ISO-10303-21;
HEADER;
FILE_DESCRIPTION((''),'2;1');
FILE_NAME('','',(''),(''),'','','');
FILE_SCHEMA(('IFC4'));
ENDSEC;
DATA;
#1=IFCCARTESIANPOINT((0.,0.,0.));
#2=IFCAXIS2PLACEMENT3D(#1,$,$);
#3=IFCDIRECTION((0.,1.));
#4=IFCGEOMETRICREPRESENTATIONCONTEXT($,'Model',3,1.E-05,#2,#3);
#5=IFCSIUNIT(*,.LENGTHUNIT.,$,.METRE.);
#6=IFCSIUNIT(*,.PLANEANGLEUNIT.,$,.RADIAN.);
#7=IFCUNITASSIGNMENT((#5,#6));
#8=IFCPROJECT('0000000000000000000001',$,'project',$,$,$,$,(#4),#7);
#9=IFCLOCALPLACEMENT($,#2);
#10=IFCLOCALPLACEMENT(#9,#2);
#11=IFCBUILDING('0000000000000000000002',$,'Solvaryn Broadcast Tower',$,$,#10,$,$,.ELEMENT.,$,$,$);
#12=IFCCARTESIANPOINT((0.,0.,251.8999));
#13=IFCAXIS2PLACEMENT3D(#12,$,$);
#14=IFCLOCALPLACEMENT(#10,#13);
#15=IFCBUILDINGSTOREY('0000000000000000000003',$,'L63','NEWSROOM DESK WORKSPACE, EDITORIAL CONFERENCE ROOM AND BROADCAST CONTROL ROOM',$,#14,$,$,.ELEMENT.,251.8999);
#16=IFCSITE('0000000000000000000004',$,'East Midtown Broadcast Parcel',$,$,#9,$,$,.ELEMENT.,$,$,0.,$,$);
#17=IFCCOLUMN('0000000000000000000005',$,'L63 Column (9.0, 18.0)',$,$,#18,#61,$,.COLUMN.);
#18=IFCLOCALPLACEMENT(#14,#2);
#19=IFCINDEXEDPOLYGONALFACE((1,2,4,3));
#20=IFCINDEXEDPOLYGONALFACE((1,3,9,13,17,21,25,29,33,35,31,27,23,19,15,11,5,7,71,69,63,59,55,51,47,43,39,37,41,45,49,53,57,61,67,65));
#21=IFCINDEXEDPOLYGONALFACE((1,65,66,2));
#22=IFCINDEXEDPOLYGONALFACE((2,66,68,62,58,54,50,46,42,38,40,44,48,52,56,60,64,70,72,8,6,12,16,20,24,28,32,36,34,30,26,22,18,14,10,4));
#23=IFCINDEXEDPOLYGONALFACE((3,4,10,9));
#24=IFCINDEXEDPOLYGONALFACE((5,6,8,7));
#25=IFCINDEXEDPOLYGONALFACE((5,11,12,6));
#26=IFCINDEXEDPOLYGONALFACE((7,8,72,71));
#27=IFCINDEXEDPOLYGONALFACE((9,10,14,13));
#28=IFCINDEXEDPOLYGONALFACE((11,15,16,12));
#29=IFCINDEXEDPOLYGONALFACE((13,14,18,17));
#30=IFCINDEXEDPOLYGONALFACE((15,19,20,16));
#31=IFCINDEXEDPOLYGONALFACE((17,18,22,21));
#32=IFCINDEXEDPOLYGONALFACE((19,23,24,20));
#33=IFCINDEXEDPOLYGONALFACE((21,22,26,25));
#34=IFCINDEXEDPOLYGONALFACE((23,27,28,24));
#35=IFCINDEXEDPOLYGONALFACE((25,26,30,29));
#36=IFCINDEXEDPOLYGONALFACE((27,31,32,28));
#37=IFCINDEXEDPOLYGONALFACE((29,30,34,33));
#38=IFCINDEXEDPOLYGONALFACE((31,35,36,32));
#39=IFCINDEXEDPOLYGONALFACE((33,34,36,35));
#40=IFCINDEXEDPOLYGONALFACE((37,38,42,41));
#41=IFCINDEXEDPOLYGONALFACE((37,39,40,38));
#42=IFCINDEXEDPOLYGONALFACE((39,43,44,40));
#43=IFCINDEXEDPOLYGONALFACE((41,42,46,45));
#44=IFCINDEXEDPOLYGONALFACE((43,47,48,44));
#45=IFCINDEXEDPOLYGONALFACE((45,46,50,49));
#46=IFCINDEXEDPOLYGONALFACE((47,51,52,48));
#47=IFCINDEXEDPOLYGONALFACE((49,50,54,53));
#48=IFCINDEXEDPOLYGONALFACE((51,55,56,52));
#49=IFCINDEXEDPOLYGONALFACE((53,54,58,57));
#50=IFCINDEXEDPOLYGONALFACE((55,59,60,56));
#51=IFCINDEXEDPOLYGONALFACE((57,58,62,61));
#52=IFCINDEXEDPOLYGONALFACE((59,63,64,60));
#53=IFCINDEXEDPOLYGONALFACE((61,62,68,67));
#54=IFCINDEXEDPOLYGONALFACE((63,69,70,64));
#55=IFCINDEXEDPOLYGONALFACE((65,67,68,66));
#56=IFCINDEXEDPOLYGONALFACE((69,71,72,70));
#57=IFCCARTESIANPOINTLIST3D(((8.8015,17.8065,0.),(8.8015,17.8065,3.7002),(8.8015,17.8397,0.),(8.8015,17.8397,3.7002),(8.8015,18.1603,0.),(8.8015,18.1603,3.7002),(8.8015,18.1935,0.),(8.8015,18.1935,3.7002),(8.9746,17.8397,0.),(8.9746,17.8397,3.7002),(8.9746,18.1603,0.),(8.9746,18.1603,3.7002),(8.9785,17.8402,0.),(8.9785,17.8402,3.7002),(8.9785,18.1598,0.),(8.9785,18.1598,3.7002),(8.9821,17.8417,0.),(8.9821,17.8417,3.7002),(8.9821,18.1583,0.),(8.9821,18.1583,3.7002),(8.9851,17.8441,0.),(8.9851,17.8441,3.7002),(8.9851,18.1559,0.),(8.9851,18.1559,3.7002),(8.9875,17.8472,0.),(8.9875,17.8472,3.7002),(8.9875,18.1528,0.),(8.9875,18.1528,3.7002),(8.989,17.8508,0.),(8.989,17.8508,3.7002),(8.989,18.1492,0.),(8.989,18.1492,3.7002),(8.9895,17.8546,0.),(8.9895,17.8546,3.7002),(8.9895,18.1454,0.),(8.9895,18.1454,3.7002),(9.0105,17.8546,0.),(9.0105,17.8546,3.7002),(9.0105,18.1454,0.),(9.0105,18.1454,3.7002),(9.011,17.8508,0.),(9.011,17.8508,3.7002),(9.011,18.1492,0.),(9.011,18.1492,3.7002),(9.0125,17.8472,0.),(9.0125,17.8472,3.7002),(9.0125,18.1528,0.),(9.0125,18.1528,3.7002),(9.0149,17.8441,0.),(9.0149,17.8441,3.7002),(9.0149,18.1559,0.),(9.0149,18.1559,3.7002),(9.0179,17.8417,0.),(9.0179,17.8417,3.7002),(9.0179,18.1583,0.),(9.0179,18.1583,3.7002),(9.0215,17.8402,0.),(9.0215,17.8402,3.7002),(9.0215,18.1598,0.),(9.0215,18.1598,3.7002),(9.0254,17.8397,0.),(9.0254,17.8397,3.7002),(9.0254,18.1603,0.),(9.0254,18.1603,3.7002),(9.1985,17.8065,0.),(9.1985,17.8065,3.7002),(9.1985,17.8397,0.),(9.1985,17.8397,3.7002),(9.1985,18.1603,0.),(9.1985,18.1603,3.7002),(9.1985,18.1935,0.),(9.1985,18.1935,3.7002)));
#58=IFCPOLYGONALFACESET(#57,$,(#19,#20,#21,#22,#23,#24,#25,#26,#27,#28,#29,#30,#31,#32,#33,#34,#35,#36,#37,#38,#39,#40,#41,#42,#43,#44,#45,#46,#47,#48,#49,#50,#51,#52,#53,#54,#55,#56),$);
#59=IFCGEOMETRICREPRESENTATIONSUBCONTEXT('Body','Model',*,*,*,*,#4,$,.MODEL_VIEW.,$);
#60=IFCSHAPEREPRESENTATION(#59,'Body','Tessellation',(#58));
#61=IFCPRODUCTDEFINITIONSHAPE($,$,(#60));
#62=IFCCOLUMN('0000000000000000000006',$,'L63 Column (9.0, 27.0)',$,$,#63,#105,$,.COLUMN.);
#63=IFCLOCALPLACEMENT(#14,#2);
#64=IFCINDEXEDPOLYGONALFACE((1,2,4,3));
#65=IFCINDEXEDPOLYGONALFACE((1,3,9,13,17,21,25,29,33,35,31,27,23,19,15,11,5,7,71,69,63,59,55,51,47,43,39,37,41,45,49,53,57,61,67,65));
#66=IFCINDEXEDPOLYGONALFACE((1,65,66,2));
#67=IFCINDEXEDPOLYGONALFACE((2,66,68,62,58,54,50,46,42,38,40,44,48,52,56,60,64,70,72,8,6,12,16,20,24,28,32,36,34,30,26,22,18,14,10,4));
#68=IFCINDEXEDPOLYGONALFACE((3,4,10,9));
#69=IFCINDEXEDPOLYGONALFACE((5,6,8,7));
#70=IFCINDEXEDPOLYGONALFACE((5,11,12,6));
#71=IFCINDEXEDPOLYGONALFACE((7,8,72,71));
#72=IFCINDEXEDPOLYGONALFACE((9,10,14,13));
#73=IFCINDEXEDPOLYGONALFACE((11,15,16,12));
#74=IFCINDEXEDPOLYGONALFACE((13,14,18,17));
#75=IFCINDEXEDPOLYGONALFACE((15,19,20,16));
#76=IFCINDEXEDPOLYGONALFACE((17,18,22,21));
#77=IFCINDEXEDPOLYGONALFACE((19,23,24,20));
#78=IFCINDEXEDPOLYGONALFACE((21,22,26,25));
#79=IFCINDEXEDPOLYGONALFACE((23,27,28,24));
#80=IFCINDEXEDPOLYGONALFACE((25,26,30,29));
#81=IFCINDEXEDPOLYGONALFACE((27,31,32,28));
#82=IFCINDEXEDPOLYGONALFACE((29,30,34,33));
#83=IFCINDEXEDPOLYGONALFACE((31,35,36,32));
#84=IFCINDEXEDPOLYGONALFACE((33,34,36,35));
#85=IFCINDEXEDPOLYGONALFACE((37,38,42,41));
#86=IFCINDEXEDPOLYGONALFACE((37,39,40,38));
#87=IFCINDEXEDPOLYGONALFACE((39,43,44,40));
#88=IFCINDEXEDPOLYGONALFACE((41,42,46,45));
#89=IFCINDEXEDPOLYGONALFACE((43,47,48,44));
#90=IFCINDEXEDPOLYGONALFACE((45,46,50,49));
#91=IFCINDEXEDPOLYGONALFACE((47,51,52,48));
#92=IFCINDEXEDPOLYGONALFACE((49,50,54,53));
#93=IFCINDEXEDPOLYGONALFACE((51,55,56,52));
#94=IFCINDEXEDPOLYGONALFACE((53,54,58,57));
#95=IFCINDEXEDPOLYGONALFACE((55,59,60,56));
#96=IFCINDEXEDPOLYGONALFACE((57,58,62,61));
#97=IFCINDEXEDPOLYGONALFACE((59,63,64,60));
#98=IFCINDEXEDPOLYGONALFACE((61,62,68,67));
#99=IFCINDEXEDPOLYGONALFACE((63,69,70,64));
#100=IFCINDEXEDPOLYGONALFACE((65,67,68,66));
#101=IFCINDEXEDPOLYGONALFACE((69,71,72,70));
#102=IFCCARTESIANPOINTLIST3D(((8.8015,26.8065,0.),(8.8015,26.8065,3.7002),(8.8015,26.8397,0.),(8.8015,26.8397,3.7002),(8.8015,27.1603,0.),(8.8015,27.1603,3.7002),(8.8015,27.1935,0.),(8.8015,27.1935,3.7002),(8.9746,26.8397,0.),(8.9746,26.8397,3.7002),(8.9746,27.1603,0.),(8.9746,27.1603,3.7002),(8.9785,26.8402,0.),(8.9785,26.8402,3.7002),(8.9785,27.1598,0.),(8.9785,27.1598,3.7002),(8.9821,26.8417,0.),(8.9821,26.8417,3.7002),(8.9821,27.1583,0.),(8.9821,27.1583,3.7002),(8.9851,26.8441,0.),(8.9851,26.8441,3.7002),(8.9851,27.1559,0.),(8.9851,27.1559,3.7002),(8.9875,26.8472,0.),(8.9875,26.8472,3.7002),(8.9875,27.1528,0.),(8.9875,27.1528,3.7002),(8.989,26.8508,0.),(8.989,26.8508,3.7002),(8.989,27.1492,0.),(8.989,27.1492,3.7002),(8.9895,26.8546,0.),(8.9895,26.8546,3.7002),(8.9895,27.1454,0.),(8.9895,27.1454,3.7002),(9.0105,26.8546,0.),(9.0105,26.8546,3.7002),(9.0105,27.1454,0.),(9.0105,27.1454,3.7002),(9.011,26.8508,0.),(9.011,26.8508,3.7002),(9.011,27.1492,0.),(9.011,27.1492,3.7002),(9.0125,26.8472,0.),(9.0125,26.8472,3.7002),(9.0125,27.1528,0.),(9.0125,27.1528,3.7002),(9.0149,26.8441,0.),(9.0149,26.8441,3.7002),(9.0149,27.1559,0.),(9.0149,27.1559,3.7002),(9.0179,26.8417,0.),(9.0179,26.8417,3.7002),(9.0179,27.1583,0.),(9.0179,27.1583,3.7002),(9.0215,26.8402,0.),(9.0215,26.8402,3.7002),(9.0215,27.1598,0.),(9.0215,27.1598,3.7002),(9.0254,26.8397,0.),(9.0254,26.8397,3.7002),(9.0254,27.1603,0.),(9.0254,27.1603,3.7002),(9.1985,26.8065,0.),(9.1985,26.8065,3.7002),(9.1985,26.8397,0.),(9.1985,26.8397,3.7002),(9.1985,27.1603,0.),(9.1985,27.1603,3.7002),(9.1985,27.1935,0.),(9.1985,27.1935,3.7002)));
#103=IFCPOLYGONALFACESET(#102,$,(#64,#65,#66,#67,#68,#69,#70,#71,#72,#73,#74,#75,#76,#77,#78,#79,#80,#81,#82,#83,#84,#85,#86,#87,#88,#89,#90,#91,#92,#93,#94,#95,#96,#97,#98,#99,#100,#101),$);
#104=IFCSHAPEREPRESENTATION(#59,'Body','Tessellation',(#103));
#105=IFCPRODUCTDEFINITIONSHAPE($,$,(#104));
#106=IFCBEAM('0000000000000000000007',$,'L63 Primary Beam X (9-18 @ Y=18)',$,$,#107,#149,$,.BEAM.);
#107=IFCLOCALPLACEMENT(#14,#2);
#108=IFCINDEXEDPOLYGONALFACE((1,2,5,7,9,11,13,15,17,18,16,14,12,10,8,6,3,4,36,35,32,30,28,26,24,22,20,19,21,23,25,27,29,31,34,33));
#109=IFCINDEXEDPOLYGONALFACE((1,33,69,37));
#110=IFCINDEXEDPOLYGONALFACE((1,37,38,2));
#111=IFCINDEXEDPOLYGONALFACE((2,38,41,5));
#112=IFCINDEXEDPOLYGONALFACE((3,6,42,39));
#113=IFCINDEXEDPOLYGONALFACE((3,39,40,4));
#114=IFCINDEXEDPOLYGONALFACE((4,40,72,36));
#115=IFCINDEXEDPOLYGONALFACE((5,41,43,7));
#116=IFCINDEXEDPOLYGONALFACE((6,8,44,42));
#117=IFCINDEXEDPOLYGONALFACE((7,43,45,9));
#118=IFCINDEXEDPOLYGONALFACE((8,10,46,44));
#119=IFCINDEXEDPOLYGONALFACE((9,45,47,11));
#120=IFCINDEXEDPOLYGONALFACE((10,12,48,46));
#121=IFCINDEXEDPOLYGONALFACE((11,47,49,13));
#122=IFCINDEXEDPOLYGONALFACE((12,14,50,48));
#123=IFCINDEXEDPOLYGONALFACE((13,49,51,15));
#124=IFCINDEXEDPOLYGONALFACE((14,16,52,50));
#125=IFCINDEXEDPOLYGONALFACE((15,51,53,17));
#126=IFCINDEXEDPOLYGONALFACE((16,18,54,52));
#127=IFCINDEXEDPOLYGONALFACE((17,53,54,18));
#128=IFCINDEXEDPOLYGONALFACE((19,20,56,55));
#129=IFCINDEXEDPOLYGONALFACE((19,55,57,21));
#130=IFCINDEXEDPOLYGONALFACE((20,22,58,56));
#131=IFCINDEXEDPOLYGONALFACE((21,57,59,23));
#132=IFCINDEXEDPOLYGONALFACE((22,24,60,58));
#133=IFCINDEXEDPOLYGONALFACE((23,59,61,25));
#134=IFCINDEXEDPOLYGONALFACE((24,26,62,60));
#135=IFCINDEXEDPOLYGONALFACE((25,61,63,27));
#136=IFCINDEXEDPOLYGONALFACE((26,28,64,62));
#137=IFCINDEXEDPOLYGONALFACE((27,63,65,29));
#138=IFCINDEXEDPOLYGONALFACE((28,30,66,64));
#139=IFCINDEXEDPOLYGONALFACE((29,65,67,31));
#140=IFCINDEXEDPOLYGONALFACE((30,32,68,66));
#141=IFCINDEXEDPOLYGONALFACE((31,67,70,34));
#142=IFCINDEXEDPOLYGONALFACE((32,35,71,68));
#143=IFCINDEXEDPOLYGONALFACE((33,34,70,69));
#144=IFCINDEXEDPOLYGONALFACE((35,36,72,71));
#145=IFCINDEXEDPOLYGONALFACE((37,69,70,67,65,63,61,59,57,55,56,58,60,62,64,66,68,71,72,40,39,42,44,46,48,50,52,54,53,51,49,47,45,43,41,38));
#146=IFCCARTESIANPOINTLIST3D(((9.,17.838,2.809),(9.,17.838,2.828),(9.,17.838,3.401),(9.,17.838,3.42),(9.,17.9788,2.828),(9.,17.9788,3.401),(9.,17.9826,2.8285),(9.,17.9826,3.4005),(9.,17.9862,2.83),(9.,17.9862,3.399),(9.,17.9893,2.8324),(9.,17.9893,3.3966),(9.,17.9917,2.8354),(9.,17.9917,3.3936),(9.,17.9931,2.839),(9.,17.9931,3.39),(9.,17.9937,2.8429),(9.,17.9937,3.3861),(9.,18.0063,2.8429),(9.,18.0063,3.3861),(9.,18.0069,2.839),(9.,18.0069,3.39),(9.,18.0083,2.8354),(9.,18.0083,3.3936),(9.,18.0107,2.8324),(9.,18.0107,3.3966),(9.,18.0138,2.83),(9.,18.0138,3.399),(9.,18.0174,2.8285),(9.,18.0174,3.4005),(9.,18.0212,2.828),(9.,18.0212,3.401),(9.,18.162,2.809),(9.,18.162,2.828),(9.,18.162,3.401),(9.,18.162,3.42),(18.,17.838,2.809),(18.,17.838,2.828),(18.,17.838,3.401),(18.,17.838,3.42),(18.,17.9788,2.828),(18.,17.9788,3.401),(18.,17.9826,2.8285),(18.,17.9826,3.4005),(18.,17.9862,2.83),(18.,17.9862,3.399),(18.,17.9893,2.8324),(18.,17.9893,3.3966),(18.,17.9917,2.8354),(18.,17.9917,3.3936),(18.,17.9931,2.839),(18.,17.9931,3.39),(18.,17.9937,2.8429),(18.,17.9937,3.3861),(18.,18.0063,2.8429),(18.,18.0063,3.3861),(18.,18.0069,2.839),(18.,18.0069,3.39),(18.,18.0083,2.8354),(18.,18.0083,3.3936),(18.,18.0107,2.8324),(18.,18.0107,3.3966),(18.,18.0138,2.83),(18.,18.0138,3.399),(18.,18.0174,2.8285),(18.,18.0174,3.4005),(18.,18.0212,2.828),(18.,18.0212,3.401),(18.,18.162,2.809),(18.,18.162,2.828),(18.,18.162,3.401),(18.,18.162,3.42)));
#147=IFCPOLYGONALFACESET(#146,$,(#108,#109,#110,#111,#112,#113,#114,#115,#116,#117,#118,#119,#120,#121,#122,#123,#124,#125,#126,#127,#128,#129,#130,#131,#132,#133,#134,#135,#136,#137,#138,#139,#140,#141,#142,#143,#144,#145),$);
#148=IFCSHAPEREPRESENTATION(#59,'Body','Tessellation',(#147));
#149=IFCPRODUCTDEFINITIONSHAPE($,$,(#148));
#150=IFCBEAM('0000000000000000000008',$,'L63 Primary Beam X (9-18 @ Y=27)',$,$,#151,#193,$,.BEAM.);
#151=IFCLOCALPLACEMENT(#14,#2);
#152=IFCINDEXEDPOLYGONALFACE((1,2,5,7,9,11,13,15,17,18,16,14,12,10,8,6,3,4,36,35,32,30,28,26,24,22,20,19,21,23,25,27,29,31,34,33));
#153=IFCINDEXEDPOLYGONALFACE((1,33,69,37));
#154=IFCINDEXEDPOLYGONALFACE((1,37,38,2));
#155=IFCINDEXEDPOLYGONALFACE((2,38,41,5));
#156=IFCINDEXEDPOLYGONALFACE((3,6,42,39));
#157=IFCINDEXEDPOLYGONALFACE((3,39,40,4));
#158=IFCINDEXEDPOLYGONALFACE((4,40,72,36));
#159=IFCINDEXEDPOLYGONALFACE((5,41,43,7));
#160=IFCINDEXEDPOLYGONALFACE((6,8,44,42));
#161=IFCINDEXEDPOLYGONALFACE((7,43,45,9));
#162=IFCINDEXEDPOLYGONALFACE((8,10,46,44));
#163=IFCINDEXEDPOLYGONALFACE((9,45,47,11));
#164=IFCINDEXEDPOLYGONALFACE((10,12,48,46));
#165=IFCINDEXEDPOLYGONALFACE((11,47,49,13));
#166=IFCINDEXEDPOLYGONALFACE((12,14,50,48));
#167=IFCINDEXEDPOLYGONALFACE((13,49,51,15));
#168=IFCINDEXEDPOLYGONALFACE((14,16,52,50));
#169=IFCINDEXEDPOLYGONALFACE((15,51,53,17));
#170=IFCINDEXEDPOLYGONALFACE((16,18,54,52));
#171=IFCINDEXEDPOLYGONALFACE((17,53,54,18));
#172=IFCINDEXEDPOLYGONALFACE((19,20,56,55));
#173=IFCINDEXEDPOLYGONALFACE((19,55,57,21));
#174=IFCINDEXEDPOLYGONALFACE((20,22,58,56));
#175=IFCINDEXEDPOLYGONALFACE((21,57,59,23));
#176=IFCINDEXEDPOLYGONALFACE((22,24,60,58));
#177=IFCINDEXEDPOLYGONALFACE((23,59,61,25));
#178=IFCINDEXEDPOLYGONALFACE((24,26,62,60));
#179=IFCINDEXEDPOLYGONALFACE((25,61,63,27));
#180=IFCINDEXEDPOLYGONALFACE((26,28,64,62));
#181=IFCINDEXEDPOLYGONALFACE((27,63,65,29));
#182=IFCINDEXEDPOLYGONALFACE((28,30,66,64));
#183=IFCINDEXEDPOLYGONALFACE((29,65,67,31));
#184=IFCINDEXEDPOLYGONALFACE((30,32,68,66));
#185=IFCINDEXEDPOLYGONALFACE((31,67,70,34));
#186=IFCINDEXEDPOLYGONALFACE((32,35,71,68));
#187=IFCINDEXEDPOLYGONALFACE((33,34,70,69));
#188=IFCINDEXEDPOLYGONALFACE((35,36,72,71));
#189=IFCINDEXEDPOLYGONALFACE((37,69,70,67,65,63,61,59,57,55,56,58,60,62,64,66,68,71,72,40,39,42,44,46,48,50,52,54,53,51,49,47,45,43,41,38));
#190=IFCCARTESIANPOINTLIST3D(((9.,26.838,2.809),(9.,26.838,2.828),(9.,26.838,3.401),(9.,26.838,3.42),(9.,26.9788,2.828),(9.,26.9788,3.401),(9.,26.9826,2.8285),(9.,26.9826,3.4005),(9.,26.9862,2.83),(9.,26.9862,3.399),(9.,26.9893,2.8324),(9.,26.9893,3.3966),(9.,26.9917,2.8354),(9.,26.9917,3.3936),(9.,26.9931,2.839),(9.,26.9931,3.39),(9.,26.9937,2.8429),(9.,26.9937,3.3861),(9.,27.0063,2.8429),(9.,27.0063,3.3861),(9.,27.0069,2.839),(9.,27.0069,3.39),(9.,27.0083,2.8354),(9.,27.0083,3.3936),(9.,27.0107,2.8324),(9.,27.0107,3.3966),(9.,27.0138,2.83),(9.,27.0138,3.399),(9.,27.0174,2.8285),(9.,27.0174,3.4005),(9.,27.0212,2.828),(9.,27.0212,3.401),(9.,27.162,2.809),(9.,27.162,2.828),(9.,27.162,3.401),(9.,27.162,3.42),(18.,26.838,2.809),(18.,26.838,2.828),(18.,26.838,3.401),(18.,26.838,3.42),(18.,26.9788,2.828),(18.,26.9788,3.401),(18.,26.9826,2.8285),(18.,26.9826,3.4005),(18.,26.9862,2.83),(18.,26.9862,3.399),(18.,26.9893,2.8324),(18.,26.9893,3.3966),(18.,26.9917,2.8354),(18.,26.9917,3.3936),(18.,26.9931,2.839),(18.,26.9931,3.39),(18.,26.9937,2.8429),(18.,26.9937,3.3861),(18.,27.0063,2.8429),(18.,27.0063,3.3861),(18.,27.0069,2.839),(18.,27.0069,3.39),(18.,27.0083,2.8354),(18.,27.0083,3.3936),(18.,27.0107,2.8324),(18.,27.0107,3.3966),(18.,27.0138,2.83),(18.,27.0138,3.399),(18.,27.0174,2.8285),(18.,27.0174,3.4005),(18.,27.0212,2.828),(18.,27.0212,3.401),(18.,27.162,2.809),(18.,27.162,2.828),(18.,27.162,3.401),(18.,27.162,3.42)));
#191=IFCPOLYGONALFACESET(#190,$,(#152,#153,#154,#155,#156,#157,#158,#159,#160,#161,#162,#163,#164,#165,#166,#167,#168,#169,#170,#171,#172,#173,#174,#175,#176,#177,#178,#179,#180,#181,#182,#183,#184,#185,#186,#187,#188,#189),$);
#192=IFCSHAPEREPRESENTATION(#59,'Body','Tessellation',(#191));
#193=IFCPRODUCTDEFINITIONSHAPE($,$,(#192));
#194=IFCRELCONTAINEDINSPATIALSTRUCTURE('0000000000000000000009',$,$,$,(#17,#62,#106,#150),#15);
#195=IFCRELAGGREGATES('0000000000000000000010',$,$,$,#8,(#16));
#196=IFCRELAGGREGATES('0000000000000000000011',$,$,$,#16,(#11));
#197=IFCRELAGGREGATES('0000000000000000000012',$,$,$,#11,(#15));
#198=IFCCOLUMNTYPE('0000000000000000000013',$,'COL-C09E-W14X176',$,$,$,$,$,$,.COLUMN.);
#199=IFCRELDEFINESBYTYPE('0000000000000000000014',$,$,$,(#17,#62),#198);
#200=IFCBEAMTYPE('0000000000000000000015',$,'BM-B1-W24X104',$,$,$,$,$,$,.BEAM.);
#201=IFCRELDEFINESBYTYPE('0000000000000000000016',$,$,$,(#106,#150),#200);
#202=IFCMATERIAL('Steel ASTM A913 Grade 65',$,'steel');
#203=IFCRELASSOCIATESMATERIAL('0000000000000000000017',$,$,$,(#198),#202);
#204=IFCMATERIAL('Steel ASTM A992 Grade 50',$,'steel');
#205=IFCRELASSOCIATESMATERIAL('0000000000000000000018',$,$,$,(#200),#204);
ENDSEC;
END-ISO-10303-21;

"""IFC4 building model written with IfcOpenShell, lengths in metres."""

from ifc_helpers import new_model, si_unit, direction, frame, origin, origin_2d, place, context, subcontext, project, spatial, i_section, extrude, material, material_profile, profile_set, type_object, element, save


model = new_model("IFC4")

# Units and contexts
model_context = context("Model", 3, precision=1e-05, world=origin(), true_north=direction((0.0, 1.0)))
body_context = subcontext(model_context, "Body", "Model", "MODEL_VIEW")
ifc_project = project(units=[si_unit("LENGTHUNIT", "METRE"), si_unit("PLANEANGLEUNIT", "RADIAN")], contexts=[model_context])

# Site, building, storey
site_placement = place(None, origin())
site = spatial("IfcSite", under=ifc_project, at=site_placement, Name="East Midtown Broadcast Parcel", CompositionType="ELEMENT", RefElevation=0.0)
building_placement = place(site_placement, origin())
building = spatial("IfcBuilding", under=site, at=building_placement, Name="Solvaryn Broadcast Tower", CompositionType="ELEMENT")
storey_placement = place(building_placement, frame((0.0, 0.0, 251.8999)))
storey = spatial("IfcBuildingStorey", under=building, at=storey_placement, Name="L63", Description="NEWSROOM DESK WORKSPACE, EDITORIAL CONFERENCE ROOM AND BROADCAST CONTROL ROOM", CompositionType="ELEMENT", Elevation=251.8999)

# Columns
ifc_material_1 = material(Name="Steel ASTM A913 Grade 65", Category="steel")
ifc_material_profile_1 = material_profile(ifc_material_1, i_section(OverallWidth=0.397, OverallDepth=0.387, WebThickness=0.021, FlangeThickness=0.0332, FilletRadius=0.0149, at=origin_2d()))
ifc_profile_set_1 = profile_set([ifc_material_profile_1], Name="Steel ASTM A913 Grade 65")
column_type = type_object("IfcColumnType", Name="COL-C09E-W14X176", PredefinedType="COLUMN", material=ifc_profile_set_1)
for number, where, z_axis, x_axis, name in (
    (1, (9.0, 18.0, 0.0), (0.0, 0.0, 1.0), (1.0, 0.0, 0.0), "L63 Column (9.0, 18.0)"),
    (2, (9.0, 27.0, 0.0), (0.0, 0.0, 1.0), (1.0, 0.0, 0.0), "L63 Column (9.0, 27.0)"),
):
    element("IfcColumn", number, at=place(storey_placement, frame(where, z_axis=z_axis, x_axis=x_axis)), inside=storey, type_object=column_type, Name=name, PredefinedType="COLUMN", context=body_context, shape_type="SweptSolid", body=[
        extrude(i_section(OverallWidth=0.397, OverallDepth=0.387, WebThickness=0.021, FlangeThickness=0.0332, FilletRadius=0.0149, at=origin_2d()), origin(), (0.0, 0.0, 1.0), 3.7002),
    ])

# Beams
ifc_material_2 = material(Name="Steel ASTM A992 Grade 50", Category="steel")
ifc_material_profile_2 = material_profile(ifc_material_2, i_section(OverallWidth=0.324, OverallDepth=0.6111, WebThickness=0.0127, FlangeThickness=0.019, FilletRadius=0.0149, at=origin_2d()))
ifc_profile_set_2 = profile_set([ifc_material_profile_2], Name="Steel ASTM A992 Grade 50")
beam_type_1 = type_object("IfcBeamType", Name="BM-B1-W24X104", PredefinedType="BEAM", material=ifc_profile_set_2)
for number, where, z_axis, x_axis, name in (
    (3, (9.0, 18.0, 3.1145), (1.0, 0.0, 0.0), (0.0, 1.0, 0.0), "L63 Primary Beam X (9-18 @ Y=18)"),
    (4, (9.0, 27.0, 3.1145), (1.0, 0.0, 0.0), (0.0, 1.0, 0.0), "L63 Primary Beam X (9-18 @ Y=27)"),
):
    element("IfcBeam", number, at=place(storey_placement, frame(where, z_axis=z_axis, x_axis=x_axis)), inside=storey, type_object=beam_type_1, Name=name, PredefinedType="BEAM", context=body_context, shape_type="SweptSolid", body=[
        extrude(i_section(OverallWidth=0.324, OverallDepth=0.6111, WebThickness=0.0127, FlangeThickness=0.019, FilletRadius=0.0149, at=origin_2d()), origin(), (0.0, 0.0, 1.0), 9.0),
    ])

save(model, "model.ifc")
